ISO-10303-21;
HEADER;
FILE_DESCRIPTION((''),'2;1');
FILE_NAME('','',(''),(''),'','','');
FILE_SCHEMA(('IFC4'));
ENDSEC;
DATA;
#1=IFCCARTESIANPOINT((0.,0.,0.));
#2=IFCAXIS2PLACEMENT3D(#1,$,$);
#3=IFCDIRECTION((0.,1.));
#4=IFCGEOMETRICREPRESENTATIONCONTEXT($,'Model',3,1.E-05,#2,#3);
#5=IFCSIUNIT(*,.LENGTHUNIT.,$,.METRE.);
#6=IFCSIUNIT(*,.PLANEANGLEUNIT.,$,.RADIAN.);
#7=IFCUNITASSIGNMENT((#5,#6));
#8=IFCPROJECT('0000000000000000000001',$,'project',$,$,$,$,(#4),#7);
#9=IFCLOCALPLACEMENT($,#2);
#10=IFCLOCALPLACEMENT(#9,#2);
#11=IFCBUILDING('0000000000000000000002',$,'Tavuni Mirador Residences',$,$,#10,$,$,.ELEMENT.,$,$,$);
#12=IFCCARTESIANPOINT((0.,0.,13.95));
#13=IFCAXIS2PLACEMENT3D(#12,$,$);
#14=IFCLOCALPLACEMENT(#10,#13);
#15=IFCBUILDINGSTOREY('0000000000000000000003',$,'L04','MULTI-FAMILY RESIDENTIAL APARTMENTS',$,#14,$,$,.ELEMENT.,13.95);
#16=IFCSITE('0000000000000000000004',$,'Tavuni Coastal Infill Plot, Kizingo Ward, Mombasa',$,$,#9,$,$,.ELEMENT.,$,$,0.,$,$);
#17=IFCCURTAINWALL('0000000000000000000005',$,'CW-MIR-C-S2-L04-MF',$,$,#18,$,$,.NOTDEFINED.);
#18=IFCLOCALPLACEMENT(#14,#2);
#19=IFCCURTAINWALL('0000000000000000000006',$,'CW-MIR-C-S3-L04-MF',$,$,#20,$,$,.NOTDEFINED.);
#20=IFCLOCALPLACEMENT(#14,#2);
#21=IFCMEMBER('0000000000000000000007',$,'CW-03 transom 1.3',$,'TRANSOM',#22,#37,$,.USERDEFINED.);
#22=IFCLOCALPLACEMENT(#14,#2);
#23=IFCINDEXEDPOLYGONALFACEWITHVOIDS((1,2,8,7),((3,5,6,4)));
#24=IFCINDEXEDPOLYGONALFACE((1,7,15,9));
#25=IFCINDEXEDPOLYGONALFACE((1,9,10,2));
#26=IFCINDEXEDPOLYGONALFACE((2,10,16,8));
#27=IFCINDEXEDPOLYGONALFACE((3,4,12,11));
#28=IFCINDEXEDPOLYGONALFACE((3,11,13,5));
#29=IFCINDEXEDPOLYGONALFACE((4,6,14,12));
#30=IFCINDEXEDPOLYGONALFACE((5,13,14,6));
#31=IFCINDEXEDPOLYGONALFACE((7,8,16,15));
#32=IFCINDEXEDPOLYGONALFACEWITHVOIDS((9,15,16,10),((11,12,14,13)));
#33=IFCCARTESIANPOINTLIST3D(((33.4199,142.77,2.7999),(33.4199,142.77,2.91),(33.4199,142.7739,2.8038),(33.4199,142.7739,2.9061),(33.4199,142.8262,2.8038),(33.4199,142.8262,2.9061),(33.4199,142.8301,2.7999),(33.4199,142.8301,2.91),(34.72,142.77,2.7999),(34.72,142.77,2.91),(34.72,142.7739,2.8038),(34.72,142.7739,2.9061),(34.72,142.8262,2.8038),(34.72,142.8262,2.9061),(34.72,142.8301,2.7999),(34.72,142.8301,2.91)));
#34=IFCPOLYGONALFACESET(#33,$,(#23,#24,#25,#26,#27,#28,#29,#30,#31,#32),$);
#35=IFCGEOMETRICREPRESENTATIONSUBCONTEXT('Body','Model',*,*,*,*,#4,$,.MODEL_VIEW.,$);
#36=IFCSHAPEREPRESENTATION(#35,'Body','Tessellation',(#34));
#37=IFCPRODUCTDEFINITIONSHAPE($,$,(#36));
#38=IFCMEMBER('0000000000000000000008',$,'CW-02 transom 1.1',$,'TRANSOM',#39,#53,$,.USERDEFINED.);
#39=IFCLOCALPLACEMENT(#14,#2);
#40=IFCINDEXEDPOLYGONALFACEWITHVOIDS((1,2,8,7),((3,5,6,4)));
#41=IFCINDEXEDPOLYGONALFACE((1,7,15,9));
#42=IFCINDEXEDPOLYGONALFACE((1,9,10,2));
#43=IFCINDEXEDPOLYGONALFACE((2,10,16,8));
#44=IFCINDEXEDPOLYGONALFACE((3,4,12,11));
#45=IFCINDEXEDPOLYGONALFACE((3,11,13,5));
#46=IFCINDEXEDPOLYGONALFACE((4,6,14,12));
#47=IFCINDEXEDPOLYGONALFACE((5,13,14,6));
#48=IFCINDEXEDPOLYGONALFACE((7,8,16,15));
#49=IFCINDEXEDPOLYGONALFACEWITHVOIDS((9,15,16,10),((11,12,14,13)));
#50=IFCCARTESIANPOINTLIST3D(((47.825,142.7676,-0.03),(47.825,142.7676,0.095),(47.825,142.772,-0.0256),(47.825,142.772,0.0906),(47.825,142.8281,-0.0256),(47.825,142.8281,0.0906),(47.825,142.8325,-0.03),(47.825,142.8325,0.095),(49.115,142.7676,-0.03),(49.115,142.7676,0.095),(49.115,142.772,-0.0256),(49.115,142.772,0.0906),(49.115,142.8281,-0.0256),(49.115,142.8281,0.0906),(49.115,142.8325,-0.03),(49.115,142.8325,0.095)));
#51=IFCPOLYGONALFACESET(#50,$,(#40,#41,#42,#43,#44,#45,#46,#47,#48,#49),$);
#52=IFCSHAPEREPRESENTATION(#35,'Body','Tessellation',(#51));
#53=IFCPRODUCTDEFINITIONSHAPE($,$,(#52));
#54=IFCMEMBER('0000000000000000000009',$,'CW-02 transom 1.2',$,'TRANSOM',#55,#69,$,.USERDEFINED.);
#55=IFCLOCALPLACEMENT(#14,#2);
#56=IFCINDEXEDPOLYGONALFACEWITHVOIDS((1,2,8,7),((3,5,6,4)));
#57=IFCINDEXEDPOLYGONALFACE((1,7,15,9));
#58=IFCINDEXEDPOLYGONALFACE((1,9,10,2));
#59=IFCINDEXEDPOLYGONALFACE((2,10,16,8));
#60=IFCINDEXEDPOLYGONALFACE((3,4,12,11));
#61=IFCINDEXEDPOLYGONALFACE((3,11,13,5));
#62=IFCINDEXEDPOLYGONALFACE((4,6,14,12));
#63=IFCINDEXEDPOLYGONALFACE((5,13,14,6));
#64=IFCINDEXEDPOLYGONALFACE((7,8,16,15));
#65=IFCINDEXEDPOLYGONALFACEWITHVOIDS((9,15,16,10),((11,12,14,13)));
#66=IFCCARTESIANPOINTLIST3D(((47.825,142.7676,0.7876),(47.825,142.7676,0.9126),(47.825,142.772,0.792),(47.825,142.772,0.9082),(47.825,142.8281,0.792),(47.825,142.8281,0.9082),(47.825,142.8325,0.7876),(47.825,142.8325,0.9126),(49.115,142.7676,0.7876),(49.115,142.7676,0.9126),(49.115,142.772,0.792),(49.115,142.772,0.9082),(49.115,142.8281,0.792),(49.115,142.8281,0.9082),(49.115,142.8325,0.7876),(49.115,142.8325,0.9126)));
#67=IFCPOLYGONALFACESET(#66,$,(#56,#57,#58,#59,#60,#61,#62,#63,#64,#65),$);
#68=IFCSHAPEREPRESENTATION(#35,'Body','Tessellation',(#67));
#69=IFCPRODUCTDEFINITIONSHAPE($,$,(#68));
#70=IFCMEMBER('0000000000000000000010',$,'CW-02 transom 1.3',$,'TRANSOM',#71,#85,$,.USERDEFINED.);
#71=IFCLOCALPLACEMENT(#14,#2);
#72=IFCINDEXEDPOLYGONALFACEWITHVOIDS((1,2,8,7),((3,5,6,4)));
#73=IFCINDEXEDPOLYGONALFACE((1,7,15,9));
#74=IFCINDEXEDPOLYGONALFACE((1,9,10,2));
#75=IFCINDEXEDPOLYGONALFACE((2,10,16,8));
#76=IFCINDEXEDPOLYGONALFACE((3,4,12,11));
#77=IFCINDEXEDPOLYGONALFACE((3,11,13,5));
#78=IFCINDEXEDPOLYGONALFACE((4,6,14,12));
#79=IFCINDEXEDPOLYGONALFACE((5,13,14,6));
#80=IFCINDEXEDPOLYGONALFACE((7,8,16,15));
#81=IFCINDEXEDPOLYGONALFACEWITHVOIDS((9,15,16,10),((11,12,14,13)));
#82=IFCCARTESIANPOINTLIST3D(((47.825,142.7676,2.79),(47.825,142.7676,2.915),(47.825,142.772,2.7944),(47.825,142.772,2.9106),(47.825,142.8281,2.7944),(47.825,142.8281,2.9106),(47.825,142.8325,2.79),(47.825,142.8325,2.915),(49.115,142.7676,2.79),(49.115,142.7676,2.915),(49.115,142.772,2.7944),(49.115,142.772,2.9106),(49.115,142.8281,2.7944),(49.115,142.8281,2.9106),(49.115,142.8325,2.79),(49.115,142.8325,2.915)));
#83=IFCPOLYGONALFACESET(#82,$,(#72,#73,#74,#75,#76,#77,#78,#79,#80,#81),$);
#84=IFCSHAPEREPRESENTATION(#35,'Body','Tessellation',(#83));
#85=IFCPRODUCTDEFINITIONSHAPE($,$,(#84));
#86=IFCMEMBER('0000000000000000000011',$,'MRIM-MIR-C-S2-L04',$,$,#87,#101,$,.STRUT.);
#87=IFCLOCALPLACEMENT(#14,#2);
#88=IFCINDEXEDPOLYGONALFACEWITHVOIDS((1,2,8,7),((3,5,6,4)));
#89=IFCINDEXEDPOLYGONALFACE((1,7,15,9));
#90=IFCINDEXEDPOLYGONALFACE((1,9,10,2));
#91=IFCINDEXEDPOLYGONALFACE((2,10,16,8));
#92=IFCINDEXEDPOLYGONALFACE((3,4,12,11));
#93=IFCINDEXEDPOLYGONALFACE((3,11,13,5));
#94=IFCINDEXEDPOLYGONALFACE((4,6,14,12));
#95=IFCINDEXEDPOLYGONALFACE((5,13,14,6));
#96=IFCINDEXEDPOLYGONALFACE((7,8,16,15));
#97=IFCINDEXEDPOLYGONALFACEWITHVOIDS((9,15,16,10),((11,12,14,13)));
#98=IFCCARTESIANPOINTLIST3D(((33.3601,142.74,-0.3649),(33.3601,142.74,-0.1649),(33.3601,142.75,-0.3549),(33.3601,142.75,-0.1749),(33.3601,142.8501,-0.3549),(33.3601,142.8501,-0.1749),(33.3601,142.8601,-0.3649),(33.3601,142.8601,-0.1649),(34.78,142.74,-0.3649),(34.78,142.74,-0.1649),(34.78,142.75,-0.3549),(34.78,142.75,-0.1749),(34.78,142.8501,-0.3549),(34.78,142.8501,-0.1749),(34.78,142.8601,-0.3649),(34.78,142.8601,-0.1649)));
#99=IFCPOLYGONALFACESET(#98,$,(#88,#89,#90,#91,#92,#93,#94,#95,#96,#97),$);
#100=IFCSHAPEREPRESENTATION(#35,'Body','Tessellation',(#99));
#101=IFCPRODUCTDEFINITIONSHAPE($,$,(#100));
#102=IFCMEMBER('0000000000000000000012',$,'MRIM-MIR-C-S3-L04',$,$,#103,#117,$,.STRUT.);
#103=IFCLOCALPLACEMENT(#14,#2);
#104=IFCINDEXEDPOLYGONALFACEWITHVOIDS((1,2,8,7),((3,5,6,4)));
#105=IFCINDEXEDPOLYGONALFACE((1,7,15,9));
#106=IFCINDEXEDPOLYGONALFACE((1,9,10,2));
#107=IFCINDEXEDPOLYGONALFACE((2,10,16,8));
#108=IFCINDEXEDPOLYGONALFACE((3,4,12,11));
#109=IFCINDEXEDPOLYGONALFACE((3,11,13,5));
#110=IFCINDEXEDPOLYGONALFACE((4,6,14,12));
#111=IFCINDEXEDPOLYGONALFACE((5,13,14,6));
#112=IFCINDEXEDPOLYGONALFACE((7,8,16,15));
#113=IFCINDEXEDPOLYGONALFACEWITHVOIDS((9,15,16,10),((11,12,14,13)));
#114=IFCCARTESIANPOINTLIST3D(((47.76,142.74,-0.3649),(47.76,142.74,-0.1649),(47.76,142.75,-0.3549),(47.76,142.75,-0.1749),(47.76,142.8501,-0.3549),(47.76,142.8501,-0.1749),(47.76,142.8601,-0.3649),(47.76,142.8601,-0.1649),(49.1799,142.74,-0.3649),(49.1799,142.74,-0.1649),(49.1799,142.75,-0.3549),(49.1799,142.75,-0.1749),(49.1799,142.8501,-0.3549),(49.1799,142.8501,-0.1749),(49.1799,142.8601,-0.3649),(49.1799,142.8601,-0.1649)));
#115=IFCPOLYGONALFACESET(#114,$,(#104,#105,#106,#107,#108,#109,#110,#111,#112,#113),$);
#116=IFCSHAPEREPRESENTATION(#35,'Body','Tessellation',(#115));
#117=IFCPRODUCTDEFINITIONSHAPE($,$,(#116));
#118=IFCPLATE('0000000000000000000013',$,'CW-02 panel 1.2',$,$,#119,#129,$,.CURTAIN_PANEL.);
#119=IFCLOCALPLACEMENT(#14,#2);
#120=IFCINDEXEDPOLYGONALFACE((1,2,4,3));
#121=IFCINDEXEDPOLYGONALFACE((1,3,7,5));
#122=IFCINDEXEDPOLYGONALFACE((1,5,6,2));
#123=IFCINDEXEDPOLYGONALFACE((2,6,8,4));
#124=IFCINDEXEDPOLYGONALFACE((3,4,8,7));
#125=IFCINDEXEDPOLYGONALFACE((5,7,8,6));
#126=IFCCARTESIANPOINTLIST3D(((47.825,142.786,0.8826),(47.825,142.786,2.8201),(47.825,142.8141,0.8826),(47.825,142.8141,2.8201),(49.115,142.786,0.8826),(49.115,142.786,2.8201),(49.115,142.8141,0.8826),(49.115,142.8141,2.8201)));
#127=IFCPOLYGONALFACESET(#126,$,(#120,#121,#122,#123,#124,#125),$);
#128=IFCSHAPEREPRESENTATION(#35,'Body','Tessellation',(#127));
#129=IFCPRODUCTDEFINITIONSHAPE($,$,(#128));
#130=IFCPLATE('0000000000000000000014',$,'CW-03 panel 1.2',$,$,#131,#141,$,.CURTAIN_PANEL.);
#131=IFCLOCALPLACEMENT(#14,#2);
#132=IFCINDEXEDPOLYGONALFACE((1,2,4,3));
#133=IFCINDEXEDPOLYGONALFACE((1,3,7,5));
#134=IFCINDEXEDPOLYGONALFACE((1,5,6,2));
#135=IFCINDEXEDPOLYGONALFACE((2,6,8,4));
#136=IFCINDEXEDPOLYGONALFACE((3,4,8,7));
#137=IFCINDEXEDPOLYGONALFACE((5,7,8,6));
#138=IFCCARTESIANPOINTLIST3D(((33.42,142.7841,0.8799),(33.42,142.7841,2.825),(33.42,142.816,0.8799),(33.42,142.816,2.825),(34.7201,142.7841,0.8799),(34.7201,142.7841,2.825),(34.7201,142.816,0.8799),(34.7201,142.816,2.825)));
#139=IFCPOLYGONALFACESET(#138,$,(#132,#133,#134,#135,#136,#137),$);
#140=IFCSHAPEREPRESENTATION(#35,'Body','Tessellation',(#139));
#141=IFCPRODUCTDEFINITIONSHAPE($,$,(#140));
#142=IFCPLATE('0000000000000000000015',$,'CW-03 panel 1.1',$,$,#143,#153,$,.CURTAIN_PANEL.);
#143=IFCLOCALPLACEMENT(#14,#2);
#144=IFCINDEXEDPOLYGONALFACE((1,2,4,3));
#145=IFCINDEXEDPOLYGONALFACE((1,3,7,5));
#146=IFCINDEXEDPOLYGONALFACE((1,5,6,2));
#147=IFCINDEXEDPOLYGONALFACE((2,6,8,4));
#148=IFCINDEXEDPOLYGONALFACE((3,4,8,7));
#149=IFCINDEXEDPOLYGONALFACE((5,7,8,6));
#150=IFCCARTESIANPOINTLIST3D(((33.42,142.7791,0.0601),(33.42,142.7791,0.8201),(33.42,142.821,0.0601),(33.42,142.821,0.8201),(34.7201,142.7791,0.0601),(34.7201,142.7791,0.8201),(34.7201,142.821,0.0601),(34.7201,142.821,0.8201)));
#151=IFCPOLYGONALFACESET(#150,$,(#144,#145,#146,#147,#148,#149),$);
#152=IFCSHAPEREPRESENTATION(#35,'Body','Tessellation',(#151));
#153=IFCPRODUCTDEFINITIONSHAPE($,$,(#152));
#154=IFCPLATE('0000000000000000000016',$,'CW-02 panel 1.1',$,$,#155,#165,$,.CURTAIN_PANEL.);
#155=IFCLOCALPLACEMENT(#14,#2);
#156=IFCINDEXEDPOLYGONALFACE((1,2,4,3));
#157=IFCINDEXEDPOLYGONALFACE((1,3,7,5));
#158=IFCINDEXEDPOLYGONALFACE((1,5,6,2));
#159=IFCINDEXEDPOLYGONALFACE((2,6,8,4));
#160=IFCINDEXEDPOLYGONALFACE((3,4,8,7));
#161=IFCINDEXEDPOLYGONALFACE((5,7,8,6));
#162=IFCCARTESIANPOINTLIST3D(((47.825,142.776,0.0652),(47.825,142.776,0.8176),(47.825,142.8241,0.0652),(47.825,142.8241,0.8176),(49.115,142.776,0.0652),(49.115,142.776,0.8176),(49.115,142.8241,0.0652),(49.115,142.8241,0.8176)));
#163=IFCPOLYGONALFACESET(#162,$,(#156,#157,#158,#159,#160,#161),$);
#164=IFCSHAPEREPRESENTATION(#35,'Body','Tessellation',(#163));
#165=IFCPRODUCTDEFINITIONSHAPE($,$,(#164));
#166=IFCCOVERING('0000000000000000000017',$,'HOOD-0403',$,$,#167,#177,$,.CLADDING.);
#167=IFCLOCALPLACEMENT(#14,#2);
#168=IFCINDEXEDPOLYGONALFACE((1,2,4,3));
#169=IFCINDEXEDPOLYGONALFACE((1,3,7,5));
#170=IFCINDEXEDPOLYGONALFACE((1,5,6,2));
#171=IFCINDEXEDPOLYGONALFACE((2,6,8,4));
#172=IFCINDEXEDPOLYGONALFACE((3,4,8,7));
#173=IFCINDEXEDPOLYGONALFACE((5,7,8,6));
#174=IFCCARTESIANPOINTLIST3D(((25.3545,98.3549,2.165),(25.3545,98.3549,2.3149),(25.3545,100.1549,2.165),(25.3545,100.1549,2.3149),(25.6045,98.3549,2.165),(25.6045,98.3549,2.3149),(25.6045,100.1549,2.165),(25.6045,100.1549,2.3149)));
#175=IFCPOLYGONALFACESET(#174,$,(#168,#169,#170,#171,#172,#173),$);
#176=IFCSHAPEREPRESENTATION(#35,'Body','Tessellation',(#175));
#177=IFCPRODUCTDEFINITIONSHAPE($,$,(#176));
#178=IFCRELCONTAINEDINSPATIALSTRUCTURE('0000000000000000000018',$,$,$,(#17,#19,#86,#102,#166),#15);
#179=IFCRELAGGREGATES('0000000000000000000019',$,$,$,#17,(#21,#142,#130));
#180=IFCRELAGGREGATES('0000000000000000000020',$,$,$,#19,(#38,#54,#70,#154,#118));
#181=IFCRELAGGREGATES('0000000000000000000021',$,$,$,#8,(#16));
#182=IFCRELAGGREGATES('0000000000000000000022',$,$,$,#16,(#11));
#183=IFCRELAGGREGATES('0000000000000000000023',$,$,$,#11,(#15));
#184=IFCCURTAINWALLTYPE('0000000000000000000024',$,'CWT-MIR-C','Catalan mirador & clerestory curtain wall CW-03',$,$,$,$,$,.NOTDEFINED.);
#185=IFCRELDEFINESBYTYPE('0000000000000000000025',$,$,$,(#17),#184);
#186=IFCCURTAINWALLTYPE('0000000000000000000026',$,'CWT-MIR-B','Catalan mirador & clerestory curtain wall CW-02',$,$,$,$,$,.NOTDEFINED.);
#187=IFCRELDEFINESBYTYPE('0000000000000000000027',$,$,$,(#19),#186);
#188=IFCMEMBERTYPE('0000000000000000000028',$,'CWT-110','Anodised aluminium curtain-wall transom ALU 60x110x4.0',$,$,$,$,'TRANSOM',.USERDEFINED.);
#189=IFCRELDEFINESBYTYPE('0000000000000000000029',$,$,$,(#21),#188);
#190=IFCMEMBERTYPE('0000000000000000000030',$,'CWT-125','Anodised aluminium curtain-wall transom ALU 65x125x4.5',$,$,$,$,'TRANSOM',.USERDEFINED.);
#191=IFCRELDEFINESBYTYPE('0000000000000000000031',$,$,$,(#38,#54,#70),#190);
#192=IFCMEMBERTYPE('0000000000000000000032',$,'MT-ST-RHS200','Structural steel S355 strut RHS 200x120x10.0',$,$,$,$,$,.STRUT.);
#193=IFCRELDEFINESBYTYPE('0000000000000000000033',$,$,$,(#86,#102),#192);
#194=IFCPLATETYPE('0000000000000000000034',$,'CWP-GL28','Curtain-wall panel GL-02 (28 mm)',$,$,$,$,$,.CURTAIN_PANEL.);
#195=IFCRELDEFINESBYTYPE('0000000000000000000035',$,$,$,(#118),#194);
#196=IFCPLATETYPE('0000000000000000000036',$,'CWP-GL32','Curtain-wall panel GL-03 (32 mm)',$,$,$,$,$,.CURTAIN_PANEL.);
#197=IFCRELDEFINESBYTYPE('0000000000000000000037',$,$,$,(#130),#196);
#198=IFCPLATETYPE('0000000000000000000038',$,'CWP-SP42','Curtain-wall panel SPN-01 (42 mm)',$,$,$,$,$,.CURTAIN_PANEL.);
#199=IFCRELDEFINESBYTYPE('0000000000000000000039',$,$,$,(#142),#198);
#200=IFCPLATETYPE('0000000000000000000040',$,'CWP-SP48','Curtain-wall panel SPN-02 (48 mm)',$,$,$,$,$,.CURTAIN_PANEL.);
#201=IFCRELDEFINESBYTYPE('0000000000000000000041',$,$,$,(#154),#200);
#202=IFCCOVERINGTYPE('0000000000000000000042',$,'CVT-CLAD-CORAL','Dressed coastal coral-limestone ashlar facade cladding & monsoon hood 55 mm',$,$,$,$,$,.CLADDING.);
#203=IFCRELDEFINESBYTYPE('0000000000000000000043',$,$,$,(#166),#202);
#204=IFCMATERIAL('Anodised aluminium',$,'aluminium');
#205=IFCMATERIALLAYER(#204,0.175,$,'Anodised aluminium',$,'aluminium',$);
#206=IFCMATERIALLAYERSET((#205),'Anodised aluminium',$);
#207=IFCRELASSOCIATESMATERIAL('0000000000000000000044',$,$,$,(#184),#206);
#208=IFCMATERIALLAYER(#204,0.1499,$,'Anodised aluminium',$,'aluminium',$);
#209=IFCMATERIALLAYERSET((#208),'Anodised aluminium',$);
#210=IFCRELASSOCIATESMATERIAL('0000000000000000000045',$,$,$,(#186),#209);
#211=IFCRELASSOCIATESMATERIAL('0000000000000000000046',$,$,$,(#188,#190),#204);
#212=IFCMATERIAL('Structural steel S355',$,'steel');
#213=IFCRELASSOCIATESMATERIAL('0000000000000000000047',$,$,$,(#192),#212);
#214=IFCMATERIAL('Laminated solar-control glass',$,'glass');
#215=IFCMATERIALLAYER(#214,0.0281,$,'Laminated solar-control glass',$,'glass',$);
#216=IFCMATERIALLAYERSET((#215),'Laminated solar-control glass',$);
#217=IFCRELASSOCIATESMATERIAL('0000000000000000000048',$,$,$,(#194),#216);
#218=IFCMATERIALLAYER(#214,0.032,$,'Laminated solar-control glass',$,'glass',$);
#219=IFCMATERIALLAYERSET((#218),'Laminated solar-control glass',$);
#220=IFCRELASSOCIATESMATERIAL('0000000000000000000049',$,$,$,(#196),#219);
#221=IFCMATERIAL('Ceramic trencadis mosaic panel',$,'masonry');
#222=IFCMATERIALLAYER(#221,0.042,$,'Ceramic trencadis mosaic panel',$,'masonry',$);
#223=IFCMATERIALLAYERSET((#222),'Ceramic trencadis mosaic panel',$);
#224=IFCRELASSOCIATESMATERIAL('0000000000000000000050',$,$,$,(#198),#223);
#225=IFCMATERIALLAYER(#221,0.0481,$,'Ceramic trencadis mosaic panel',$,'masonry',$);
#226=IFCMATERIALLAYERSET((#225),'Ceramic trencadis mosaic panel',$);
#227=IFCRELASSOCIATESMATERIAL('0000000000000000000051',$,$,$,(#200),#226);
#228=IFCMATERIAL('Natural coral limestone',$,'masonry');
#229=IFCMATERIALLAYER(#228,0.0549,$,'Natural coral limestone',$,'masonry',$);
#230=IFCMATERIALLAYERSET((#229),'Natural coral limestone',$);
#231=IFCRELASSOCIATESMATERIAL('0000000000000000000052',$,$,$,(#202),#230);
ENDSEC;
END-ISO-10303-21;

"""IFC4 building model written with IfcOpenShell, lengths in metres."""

from ifc_helpers import new_model, si_unit, direction, frame, origin, origin_2d, place, context, subcontext, project, spatial, rectangle, hollow_rectangle, extrude, material, layer, layer_set, material_profile, profile_set, type_object, element, aggregate, save


model = new_model("IFC4")

# Units and contexts
model_context = context("Model", 3, precision=1e-05, world=origin(), true_north=direction((0.0, 1.0)))
body_context = subcontext(model_context, "Body", "Model", "MODEL_VIEW")
ifc_project = project(units=[si_unit("LENGTHUNIT", "METRE"), si_unit("PLANEANGLEUNIT", "RADIAN")], contexts=[model_context])

# Site, building, storey
site_placement = place(None, origin())
site = spatial("IfcSite", under=ifc_project, at=site_placement, Name="Tavuni Coastal Infill Plot, Kizingo Ward, Mombasa", CompositionType="ELEMENT", RefElevation=0.0)
building_placement = place(site_placement, origin())
building = spatial("IfcBuilding", under=site, at=building_placement, Name="Tavuni Mirador Residences", CompositionType="ELEMENT")
storey_placement = place(building_placement, frame((0.0, 0.0, 13.95)))
storey = spatial("IfcBuildingStorey", under=building, at=storey_placement, Name="L04", Description="MULTI-FAMILY RESIDENTIAL APARTMENTS", CompositionType="ELEMENT", Elevation=13.95)

# Curtain wall
ifc_material_1 = material(Name="Anodised aluminium", Category="aluminium")
ifc_layer_1 = layer(ifc_material_1, 0.175, Name="Anodised aluminium", Category="aluminium")
ifc_layer_set_1 = layer_set([ifc_layer_1], Name="Anodised aluminium")
curtain_wall_type_1 = type_object("IfcCurtainWallType", Name="CWT-MIR-C", Description="Catalan mirador & clerestory curtain wall CW-03", PredefinedType="NOTDEFINED", material=ifc_layer_set_1)
curtain_wall_1_placement = place(storey_placement, origin())
curtain_wall_1 = element("IfcCurtainWall", 1, at=curtain_wall_1_placement, inside=storey, type_object=curtain_wall_type_1, Name="CW-MIR-C-S2-L04-MF", PredefinedType="NOTDEFINED")

# Shared definitions
ifc_layer_2 = layer(ifc_material_1, 0.1499, Name="Anodised aluminium", Category="aluminium")
ifc_layer_set_2 = layer_set([ifc_layer_2], Name="Anodised aluminium")
curtain_wall_type_2 = type_object("IfcCurtainWallType", Name="CWT-MIR-B", Description="Catalan mirador & clerestory curtain wall CW-02", PredefinedType="NOTDEFINED", material=ifc_layer_set_2)

# Curtain wall
curtain_wall_2_placement = place(storey_placement, origin())
curtain_wall_2 = element("IfcCurtainWall", 2, at=curtain_wall_2_placement, inside=storey, type_object=curtain_wall_type_2, Name="CW-MIR-C-S3-L04-MF", PredefinedType="NOTDEFINED")

# Members
ifc_material_profile_1 = material_profile(ifc_material_1, hollow_rectangle(XDim=0.0601, YDim=0.1101, WallThickness=0.0039, at=origin_2d()), Name="ALU 60x110x4.0", Category="aluminium")
ifc_profile_set_1 = profile_set([ifc_material_profile_1], Name="Anodised aluminium")
member_type_1 = type_object("IfcMemberType", Name="CWT-110", Description="Anodised aluminium curtain-wall transom ALU 60x110x4.0", ElementType="TRANSOM", PredefinedType="USERDEFINED", material=ifc_profile_set_1)
member_1_placement = place(storey_placement, frame((33.4199, 142.8, 2.855), z_axis=(1.0, 0.0, 0.0), x_axis=(0.0, 1.0, 0.0)))
member_1 = element("IfcMember", 3, at=member_1_placement, type_object=member_type_1, Name="CW-03 transom 1.3", ObjectType="TRANSOM", PredefinedType="USERDEFINED", context=body_context, shape_type="SweptSolid", body=[
    extrude(hollow_rectangle(XDim=0.0601, YDim=0.1101, WallThickness=0.0039, at=origin_2d()), origin(), (0.0, 0.0, 1.0), 1.3),
])
ifc_material_profile_2 = material_profile(ifc_material_1, hollow_rectangle(XDim=0.0649, YDim=0.125, WallThickness=0.0044, at=origin_2d()), Name="ALU 65x125x4.5", Category="aluminium")
ifc_profile_set_2 = profile_set([ifc_material_profile_2], Name="Anodised aluminium")
member_type_2 = type_object("IfcMemberType", Name="CWT-125", Description="Anodised aluminium curtain-wall transom ALU 65x125x4.5", ElementType="TRANSOM", PredefinedType="USERDEFINED", material=ifc_profile_set_2)
member_2_placement = place(storey_placement, frame((47.825, 142.8, 0.0325), z_axis=(1.0, 0.0, 0.0), x_axis=(0.0, 1.0, 0.0)))
member_2 = element("IfcMember", 4, at=member_2_placement, type_object=member_type_2, Name="CW-02 transom 1.1", ObjectType="TRANSOM", PredefinedType="USERDEFINED", context=body_context, shape_type="SweptSolid", body=[
    extrude(hollow_rectangle(XDim=0.0649, YDim=0.125, WallThickness=0.0044, at=origin_2d()), origin(), (0.0, 0.0, 1.0), 1.29),
])
member_3_placement = place(storey_placement, frame((47.825, 142.8, 0.8501), z_axis=(1.0, 0.0, 0.0), x_axis=(0.0, 1.0, 0.0)))
member_3 = element("IfcMember", 5, at=member_3_placement, type_object=member_type_2, Name="CW-02 transom 1.2", ObjectType="TRANSOM", PredefinedType="USERDEFINED", context=body_context, shape_type="SweptSolid", body=[
    extrude(hollow_rectangle(XDim=0.0649, YDim=0.125, WallThickness=0.0044, at=origin_2d()), origin(), (0.0, 0.0, 1.0), 1.29),
])
member_4_placement = place(storey_placement, frame((47.825, 142.8, 2.8525), z_axis=(1.0, 0.0, 0.0), x_axis=(0.0, 1.0, 0.0)))
member_4 = element("IfcMember", 6, at=member_4_placement, type_object=member_type_2, Name="CW-02 transom 1.3", ObjectType="TRANSOM", PredefinedType="USERDEFINED", context=body_context, shape_type="SweptSolid", body=[
    extrude(hollow_rectangle(XDim=0.0649, YDim=0.125, WallThickness=0.0044, at=origin_2d()), origin(), (0.0, 0.0, 1.0), 1.29),
])

# Members
ifc_material_2 = material(Name="Structural steel S355", Category="steel")
ifc_material_profile_3 = material_profile(ifc_material_2, hollow_rectangle(XDim=0.1201, YDim=0.2, WallThickness=0.01, at=origin_2d()), Name="RHS 200x120x10.0", Category="steel")
ifc_profile_set_3 = profile_set([ifc_material_profile_3], Name="Structural steel S355")
member_type_3 = type_object("IfcMemberType", Name="MT-ST-RHS200", Description="Structural steel S355 strut RHS 200x120x10.0", PredefinedType="STRUT", material=ifc_profile_set_3)
for number, where, z_axis, x_axis, name in (
    (7, (33.3601, 142.8, -0.2649), (1.0, 0.0, 0.0), (0.0, 1.0, 0.0), "MRIM-MIR-C-S2-L04"),
    (8, (47.76, 142.8, -0.2649), (1.0, 0.0, 0.0), (0.0, 1.0, 0.0), "MRIM-MIR-C-S3-L04"),
):
    element("IfcMember", number, at=place(storey_placement, frame(where, z_axis=z_axis, x_axis=x_axis)), inside=storey, type_object=member_type_3, Name=name, PredefinedType="STRUT", context=body_context, shape_type="SweptSolid", body=[
        extrude(hollow_rectangle(XDim=0.1201, YDim=0.2, WallThickness=0.01, at=origin_2d()), origin(), (0.0, 0.0, 1.0), 1.4199),
    ])

# Plates
ifc_material_3 = material(Name="Laminated solar-control glass", Category="glass")
ifc_layer_3 = layer(ifc_material_3, 0.0281, Name="Laminated solar-control glass", Category="glass")
ifc_layer_set_3 = layer_set([ifc_layer_3], Name="Laminated solar-control glass")
plate_type_1 = type_object("IfcPlateType", Name="CWP-GL28", Description="Curtain-wall panel GL-02 (28 mm)", PredefinedType="CURTAIN_PANEL", material=ifc_layer_set_3)
plate_1_placement = place(storey_placement, frame((48.47, 142.8, 0.8826), z_axis=(0.0, 0.0, 1.0), x_axis=(1.0, 0.0, 0.0)))
plate_1 = element("IfcPlate", 9, at=plate_1_placement, type_object=plate_type_1, Name="CW-02 panel 1.2", PredefinedType="CURTAIN_PANEL", context=body_context, shape_type="SweptSolid", body=[
    extrude(rectangle(XDim=1.29, YDim=0.0281, at=origin_2d()), origin(), (0.0, 0.0, 1.0), 1.9375),
])
ifc_layer_4 = layer(ifc_material_3, 0.032, Name="Laminated solar-control glass", Category="glass")
ifc_layer_set_4 = layer_set([ifc_layer_4], Name="Laminated solar-control glass")
plate_type_2 = type_object("IfcPlateType", Name="CWP-GL32", Description="Curtain-wall panel GL-03 (32 mm)", PredefinedType="CURTAIN_PANEL", material=ifc_layer_set_4)
plate_2_placement = place(storey_placement, frame((34.0701, 142.8, 0.8799), z_axis=(0.0, 0.0, 1.0), x_axis=(1.0, 0.0, 0.0)))
plate_2 = element("IfcPlate", 10, at=plate_2_placement, type_object=plate_type_2, Name="CW-03 panel 1.2", PredefinedType="CURTAIN_PANEL", context=body_context, shape_type="SweptSolid", body=[
    extrude(rectangle(XDim=1.3, YDim=0.032, at=origin_2d()), origin(), (0.0, 0.0, 1.0), 1.9451),
])
ifc_material_4 = material(Name="Ceramic trencadis mosaic panel", Category="masonry")
ifc_layer_5 = layer(ifc_material_4, 0.042, Name="Ceramic trencadis mosaic panel", Category="masonry")
ifc_layer_set_5 = layer_set([ifc_layer_5], Name="Ceramic trencadis mosaic panel")
plate_type_3 = type_object("IfcPlateType", Name="CWP-SP42", Description="Curtain-wall panel SPN-01 (42 mm)", PredefinedType="CURTAIN_PANEL", material=ifc_layer_set_5)
plate_3_placement = place(storey_placement, frame((34.0701, 142.8, 0.0601), z_axis=(0.0, 0.0, 1.0), x_axis=(1.0, 0.0, 0.0)))
plate_3 = element("IfcPlate", 11, at=plate_3_placement, type_object=plate_type_3, Name="CW-03 panel 1.1", PredefinedType="CURTAIN_PANEL", context=body_context, shape_type="SweptSolid", body=[
    extrude(rectangle(XDim=1.3, YDim=0.042, at=origin_2d()), origin(), (0.0, 0.0, 1.0), 0.76),
])
aggregate(curtain_wall_1, [member_1, plate_3, plate_2])
ifc_layer_6 = layer(ifc_material_4, 0.0481, Name="Ceramic trencadis mosaic panel", Category="masonry")
ifc_layer_set_6 = layer_set([ifc_layer_6], Name="Ceramic trencadis mosaic panel")
plate_type_4 = type_object("IfcPlateType", Name="CWP-SP48", Description="Curtain-wall panel SPN-02 (48 mm)", PredefinedType="CURTAIN_PANEL", material=ifc_layer_set_6)
plate_4_placement = place(storey_placement, frame((48.47, 142.8, 0.0652), z_axis=(0.0, 0.0, 1.0), x_axis=(1.0, 0.0, 0.0)))
plate_4 = element("IfcPlate", 12, at=plate_4_placement, type_object=plate_type_4, Name="CW-02 panel 1.1", PredefinedType="CURTAIN_PANEL", context=body_context, shape_type="SweptSolid", body=[
    extrude(rectangle(XDim=1.29, YDim=0.0481, at=origin_2d()), origin(), (0.0, 0.0, 1.0), 0.7524),
])
aggregate(curtain_wall_2, [member_2, member_3, member_4, plate_4, plate_1])

# Covering
ifc_material_5 = material(Name="Natural coral limestone", Category="masonry")
ifc_layer_7 = layer(ifc_material_5, 0.0549, Name="Natural coral limestone", Category="masonry")
ifc_layer_set_7 = layer_set([ifc_layer_7], Name="Natural coral limestone")
covering_type = type_object("IfcCoveringType", Name="CVT-CLAD-CORAL", Description="Dressed coastal coral-limestone ashlar facade cladding & monsoon hood 55 mm", PredefinedType="CLADDING", material=ifc_layer_set_7)
covering_placement = place(storey_placement, frame((25.4795, 99.2549, 2.165), z_axis=(0.0, 0.0, 1.0), x_axis=(0.0, 1.0, 0.0)))
element("IfcCovering", 13, at=covering_placement, inside=storey, type_object=covering_type, Name="HOOD-0403", PredefinedType="CLADDING", context=body_context, shape_type="SweptSolid", body=[
    extrude(rectangle(XDim=1.8, YDim=0.25, at=origin_2d()), origin(), (0.0, 0.0, 1.0), 0.1499),
])

save(model, "model.ifc")
